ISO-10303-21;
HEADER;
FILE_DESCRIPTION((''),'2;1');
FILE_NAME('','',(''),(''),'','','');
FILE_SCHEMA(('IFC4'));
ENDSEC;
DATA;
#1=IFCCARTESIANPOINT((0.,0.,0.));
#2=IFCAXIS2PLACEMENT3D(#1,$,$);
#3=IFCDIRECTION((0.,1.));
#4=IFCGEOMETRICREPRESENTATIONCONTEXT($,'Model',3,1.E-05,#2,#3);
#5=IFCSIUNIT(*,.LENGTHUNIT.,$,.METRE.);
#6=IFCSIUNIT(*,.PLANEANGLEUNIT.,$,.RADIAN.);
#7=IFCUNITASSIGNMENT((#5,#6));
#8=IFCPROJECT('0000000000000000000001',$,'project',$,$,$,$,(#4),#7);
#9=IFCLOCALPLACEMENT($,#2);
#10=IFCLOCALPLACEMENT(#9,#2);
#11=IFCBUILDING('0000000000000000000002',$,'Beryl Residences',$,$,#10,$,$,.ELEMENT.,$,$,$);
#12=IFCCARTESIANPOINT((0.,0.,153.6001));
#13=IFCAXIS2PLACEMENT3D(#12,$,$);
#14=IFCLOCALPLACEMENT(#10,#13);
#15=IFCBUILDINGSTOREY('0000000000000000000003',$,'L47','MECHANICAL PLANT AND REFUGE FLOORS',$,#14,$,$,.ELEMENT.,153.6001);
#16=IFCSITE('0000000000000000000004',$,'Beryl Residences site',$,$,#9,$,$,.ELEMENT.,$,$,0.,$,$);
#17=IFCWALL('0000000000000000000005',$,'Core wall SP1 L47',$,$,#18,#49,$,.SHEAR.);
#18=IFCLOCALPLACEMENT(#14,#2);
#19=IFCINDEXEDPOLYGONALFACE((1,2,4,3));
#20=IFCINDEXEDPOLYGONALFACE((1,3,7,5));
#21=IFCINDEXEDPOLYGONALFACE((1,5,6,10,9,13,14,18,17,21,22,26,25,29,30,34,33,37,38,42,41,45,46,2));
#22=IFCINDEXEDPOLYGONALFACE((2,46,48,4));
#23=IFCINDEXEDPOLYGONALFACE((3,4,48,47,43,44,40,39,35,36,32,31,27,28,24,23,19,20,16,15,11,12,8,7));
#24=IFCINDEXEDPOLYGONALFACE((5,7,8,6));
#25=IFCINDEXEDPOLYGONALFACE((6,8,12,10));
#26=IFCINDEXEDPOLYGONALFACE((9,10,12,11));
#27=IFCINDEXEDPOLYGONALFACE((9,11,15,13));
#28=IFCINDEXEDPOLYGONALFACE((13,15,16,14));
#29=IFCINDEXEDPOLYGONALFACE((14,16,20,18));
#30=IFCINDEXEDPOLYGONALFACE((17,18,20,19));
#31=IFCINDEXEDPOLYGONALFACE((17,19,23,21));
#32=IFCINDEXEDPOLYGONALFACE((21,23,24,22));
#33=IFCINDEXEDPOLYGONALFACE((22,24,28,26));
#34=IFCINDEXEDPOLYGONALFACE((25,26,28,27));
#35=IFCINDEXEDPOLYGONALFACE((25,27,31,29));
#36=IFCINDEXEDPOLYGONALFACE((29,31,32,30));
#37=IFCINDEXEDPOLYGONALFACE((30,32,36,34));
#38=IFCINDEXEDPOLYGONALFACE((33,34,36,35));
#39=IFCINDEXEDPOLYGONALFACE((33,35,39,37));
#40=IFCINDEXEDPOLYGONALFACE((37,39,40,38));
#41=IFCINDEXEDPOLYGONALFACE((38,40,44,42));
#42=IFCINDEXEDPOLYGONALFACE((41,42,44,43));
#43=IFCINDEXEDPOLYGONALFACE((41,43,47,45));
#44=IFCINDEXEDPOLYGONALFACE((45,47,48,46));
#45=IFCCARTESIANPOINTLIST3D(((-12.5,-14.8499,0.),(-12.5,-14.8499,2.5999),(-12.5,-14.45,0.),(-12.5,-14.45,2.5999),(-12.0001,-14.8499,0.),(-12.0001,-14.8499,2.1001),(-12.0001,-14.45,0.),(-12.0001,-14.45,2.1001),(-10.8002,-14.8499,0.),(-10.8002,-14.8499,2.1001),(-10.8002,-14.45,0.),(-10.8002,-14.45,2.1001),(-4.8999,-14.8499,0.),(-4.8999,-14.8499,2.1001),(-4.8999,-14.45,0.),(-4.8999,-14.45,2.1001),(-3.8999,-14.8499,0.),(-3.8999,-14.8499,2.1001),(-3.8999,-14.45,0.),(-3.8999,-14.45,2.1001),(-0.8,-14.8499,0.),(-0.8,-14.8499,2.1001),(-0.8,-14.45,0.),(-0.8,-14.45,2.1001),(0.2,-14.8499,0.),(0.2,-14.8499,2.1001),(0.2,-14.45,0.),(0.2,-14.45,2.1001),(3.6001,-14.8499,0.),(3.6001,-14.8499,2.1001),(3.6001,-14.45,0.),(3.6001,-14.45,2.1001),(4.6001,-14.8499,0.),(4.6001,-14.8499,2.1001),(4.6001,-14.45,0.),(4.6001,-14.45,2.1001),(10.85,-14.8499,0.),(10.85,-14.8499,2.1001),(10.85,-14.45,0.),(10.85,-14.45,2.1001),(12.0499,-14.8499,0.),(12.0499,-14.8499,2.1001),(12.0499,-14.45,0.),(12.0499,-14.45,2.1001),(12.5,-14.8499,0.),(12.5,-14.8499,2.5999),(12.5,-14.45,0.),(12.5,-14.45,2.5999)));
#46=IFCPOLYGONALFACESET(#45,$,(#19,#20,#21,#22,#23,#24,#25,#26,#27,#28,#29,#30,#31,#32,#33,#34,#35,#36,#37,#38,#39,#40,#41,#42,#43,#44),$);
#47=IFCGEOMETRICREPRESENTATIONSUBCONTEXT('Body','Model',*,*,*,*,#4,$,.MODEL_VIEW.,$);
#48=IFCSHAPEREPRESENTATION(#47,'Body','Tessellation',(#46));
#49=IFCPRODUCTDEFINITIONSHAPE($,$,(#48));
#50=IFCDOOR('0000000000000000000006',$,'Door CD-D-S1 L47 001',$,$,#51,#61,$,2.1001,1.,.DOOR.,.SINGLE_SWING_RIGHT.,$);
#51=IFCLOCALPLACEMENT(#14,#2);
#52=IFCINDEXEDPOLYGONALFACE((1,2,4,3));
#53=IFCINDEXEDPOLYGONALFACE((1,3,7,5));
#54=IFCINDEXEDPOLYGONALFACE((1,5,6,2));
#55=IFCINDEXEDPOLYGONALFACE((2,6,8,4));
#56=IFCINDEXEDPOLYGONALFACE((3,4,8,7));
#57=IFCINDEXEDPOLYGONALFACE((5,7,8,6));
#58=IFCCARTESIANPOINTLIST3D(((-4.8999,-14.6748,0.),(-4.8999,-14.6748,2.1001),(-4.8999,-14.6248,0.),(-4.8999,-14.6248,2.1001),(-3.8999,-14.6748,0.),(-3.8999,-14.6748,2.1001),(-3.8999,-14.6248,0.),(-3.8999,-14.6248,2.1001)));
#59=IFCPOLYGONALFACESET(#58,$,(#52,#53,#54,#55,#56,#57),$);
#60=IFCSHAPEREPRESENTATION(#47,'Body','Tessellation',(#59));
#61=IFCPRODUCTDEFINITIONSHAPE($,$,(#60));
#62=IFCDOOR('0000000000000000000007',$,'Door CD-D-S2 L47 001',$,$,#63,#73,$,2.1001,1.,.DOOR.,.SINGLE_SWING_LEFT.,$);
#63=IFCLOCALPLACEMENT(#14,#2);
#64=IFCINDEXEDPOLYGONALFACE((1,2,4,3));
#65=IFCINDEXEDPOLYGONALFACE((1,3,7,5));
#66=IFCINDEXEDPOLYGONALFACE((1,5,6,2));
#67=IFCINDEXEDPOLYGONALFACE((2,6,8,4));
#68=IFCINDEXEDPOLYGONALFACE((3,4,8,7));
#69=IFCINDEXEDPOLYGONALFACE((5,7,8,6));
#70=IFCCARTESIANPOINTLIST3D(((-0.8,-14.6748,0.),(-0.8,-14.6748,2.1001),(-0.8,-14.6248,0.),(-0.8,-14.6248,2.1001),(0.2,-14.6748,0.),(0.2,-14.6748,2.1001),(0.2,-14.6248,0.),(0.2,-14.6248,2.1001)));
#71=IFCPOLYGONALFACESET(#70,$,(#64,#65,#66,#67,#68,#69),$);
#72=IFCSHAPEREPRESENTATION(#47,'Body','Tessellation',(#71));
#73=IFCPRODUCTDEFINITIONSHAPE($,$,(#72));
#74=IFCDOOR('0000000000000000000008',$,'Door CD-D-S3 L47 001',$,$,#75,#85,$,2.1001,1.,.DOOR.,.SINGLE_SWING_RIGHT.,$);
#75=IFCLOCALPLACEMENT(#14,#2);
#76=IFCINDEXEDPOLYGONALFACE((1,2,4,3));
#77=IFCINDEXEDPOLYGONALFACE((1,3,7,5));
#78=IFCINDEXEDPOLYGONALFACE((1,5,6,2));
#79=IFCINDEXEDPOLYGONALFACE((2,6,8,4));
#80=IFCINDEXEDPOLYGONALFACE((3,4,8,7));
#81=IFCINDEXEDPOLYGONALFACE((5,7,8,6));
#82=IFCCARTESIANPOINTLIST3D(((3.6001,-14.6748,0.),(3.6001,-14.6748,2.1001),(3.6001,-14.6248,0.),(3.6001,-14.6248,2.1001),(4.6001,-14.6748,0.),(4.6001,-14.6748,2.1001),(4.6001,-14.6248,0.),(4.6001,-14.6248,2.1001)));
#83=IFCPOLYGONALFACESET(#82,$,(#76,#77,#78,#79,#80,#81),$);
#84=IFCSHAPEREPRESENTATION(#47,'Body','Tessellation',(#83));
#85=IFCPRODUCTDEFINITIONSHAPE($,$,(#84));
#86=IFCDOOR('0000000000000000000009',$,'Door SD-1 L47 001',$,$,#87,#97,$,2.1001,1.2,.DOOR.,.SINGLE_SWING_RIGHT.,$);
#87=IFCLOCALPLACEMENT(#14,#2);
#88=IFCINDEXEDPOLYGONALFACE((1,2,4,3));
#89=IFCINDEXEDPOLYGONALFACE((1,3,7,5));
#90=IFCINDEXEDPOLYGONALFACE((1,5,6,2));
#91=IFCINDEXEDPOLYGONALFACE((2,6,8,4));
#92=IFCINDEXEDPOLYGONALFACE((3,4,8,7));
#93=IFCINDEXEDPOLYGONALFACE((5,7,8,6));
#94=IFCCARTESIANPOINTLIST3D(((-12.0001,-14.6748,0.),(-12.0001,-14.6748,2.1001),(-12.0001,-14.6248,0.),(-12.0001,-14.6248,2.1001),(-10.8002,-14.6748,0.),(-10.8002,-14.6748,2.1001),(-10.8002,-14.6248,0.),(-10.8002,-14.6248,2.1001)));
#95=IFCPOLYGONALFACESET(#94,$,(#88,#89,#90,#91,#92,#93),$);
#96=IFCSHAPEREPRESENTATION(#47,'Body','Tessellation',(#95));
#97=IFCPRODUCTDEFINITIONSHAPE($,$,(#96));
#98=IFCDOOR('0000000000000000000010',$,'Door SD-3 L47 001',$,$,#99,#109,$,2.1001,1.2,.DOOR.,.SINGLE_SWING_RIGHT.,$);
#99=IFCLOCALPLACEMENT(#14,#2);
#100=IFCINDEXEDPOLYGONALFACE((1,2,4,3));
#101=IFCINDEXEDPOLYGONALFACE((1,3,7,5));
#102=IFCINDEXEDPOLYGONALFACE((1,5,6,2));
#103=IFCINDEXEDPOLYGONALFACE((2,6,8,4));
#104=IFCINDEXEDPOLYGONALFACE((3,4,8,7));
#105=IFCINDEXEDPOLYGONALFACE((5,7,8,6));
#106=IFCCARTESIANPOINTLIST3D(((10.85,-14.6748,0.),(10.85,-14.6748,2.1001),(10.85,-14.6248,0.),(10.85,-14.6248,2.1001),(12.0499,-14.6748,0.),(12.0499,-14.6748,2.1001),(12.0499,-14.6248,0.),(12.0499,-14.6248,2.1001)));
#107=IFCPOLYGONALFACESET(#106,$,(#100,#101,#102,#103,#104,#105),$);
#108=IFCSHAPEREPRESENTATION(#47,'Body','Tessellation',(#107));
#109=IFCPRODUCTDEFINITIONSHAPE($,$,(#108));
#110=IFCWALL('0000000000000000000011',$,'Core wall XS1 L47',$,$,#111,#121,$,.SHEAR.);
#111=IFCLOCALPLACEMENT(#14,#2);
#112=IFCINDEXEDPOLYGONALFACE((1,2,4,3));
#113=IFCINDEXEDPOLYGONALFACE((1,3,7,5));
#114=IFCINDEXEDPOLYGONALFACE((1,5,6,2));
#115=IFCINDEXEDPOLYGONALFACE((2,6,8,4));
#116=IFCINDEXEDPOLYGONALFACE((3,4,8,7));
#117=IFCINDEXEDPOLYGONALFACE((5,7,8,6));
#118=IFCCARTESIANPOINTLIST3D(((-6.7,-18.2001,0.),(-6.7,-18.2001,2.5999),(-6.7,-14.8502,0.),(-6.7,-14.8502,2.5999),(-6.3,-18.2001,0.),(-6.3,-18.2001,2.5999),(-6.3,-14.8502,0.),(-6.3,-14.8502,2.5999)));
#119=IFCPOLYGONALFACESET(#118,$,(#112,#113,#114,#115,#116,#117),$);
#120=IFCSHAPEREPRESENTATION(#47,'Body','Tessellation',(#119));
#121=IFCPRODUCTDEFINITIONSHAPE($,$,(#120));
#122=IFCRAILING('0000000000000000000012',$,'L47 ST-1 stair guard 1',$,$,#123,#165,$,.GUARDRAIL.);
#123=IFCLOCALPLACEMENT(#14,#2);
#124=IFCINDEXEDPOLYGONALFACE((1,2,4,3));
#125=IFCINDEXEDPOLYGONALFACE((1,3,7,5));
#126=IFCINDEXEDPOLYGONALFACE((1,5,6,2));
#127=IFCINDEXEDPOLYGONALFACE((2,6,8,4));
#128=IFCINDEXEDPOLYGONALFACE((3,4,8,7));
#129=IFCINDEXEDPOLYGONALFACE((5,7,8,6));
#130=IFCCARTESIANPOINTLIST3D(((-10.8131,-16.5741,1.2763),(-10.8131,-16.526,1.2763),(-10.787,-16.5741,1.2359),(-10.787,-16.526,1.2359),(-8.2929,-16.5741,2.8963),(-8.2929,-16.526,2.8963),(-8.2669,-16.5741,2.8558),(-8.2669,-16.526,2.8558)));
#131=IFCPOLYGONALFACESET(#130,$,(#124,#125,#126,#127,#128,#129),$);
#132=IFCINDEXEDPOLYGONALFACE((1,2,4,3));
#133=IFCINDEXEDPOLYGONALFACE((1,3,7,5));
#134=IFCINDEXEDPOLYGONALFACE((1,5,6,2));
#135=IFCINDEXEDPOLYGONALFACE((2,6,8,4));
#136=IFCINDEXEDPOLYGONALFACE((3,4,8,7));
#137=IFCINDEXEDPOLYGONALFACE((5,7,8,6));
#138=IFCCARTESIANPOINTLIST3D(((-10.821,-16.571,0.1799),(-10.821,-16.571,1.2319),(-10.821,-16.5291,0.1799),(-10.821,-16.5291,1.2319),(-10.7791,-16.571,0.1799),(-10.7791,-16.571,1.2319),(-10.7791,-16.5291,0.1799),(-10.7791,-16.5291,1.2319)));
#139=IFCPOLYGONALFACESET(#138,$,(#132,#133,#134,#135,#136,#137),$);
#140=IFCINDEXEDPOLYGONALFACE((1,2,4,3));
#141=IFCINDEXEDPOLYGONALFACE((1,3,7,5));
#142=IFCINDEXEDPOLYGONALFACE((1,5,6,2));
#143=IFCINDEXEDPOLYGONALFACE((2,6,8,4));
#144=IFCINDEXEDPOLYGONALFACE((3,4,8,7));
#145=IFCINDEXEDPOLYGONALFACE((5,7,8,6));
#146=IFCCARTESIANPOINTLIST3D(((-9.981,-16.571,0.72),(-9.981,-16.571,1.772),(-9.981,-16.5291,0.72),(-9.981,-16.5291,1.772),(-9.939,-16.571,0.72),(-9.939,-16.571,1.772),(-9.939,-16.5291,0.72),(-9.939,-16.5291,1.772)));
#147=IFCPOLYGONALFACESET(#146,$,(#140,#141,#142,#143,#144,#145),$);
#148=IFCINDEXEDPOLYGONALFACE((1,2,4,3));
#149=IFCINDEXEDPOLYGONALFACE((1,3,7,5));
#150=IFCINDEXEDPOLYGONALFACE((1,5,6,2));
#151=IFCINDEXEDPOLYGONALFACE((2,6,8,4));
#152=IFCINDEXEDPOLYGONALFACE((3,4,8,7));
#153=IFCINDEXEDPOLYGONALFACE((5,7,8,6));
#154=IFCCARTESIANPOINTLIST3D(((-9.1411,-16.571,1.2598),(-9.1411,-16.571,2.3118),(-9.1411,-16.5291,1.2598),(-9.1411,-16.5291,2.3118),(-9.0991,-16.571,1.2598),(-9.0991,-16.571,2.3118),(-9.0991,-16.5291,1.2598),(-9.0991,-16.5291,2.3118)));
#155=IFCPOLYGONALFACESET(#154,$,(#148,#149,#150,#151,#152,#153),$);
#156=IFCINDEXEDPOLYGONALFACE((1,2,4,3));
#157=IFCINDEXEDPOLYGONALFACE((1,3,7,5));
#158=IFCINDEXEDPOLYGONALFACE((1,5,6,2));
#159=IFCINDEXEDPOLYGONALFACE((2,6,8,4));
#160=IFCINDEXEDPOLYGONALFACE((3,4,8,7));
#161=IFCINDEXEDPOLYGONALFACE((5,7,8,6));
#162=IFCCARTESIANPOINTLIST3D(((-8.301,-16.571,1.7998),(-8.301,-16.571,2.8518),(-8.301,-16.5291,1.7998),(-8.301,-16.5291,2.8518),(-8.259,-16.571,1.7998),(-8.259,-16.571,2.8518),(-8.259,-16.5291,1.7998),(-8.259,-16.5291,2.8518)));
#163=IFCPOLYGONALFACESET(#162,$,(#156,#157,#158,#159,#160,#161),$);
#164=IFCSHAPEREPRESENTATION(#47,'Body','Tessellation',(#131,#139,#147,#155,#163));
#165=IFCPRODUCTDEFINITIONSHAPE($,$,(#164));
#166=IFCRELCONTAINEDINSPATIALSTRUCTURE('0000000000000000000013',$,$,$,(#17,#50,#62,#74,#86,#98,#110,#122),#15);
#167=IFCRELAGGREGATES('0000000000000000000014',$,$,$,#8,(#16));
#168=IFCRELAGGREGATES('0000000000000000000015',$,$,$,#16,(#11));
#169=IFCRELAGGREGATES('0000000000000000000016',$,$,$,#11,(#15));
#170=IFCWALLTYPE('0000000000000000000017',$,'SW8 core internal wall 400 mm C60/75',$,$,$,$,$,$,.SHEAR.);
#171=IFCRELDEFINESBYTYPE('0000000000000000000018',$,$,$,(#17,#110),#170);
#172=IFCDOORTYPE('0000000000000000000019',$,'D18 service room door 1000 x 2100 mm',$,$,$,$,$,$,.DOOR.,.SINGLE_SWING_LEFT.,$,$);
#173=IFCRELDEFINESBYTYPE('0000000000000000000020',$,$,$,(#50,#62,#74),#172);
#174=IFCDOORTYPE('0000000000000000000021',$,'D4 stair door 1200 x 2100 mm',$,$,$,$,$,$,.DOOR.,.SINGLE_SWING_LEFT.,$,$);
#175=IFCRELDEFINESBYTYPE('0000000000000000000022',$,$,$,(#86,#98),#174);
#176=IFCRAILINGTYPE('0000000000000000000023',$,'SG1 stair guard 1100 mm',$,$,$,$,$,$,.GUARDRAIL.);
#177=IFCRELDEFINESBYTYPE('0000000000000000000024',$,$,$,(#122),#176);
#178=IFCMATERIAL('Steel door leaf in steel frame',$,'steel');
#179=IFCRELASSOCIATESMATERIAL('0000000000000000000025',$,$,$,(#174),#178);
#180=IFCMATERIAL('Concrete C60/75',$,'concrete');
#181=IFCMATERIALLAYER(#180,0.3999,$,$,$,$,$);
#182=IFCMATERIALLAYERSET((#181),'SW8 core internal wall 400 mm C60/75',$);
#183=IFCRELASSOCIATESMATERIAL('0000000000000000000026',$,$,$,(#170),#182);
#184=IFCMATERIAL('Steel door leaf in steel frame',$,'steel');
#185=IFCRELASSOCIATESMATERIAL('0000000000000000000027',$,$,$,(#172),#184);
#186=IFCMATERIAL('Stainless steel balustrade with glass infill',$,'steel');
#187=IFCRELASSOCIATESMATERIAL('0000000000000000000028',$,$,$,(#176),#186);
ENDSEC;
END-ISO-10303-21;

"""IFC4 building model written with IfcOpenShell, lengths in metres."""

from ifc_helpers import new_model, si_unit, direction, frame, frame_2d, origin, origin_2d, place, context, subcontext, project, spatial, rectangle, extrude, material, layer, layer_set, type_object, element, fill, save


model = new_model("IFC4")

# Units and contexts
model_context = context("Model", 3, precision=1e-05, world=origin(), true_north=direction((0.0, 1.0)))
body_context = subcontext(model_context, "Body", "Model", "MODEL_VIEW")
ifc_project = project(units=[si_unit("LENGTHUNIT", "METRE"), si_unit("PLANEANGLEUNIT", "RADIAN")], contexts=[model_context])

# Site, building, storey
site_placement = place(None, origin())
site = spatial("IfcSite", under=ifc_project, at=site_placement, Name="Beryl Residences site", CompositionType="ELEMENT", RefElevation=0.0)
building_placement = place(site_placement, origin())
building = spatial("IfcBuilding", under=site, at=building_placement, Name="Beryl Residences", CompositionType="ELEMENT")
storey_placement = place(building_placement, frame((0.0, 0.0, 153.6001)))
storey = spatial("IfcBuildingStorey", under=building, at=storey_placement, Name="L47", Description="MECHANICAL PLANT AND REFUGE FLOORS", CompositionType="ELEMENT", Elevation=153.6001)

# Shared definitions
ifc_material_1 = material(Name="Steel door leaf in steel frame", Category="steel")
door_type_1 = type_object("IfcDoorType", Name="D4 stair door 1200 x 2100 mm", OperationType="SINGLE_SWING_LEFT", PredefinedType="DOOR", material=ifc_material_1)

# Wall, openings, doors
ifc_material_2 = material(Name="Concrete C60/75", Category="concrete")
ifc_layer_1 = layer(ifc_material_2, 0.3999)
ifc_layer_set_1 = layer_set([ifc_layer_1], Name="SW8 core internal wall 400 mm C60/75")
wall_type_1 = type_object("IfcWallType", Name="SW8 core internal wall 400 mm C60/75", PredefinedType="SHEAR", material=ifc_layer_set_1)
wall_1_placement = place(storey_placement, frame((-12.5, -14.6499, 0.0), z_axis=(0.0, 0.0, 1.0), x_axis=(1.0, 0.0, 0.0)))
wall_1 = element("IfcWall", 1, at=wall_1_placement, inside=storey, type_object=wall_type_1, Name="Core wall SP1 L47", PredefinedType="SHEAR", context=body_context, shape_type="SweptSolid", body=[
    extrude(rectangle(XDim=25.0, YDim=0.3999, at=frame_2d((12.5, 0.0))), origin(), (0.0, 0.0, 1.0), 2.5999),
])
opening_1_placement = place(wall_1_placement, frame((1.7, 0.0, 0.0), z_axis=(0.0, 0.0, 1.0), x_axis=(-1.0, 0.0, 0.0)))
opening_1 = element("IfcOpeningElement", 2, at=opening_1_placement, cuts=wall_1, PredefinedType="OPENING", context=body_context, shape_type="SweptSolid", body=[
    extrude(rectangle(XDim=1.2, YDim=2.1001, at=frame_2d((0.6001, 1.05))), frame((0.0, 0.21, 0.0), z_axis=(0.0, -1.0, 0.0), x_axis=(1.0, 0.0, 0.0)), (0.0, 0.0, 1.0), 0.4199),
])
opening_2_placement = place(wall_1_placement, frame((24.55, 0.0, 0.0), z_axis=(0.0, 0.0, 1.0), x_axis=(-1.0, 0.0, 0.0)))
opening_2 = element("IfcOpeningElement", 3, at=opening_2_placement, cuts=wall_1, PredefinedType="OPENING", context=body_context, shape_type="SweptSolid", body=[
    extrude(rectangle(XDim=1.2, YDim=2.1001, at=frame_2d((0.6001, 1.05))), frame((0.0, 0.21, 0.0), z_axis=(0.0, -1.0, 0.0), x_axis=(1.0, 0.0, 0.0)), (0.0, 0.0, 1.0), 0.4199),
])
opening_3_placement = place(wall_1_placement, frame((8.6001, 0.0, 0.0), z_axis=(0.0, 0.0, 1.0), x_axis=(-1.0, 0.0, 0.0)))
opening_3 = element("IfcOpeningElement", 4, at=opening_3_placement, cuts=wall_1, PredefinedType="OPENING", context=body_context, shape_type="SweptSolid", body=[
    extrude(rectangle(XDim=1.0, YDim=2.1001, at=frame_2d((0.5, 1.05))), frame((0.0, 0.21, 0.0), z_axis=(0.0, -1.0, 0.0), x_axis=(1.0, 0.0, 0.0)), (0.0, 0.0, 1.0), 0.4199),
])
opening_4_placement = place(wall_1_placement, frame((12.7, 0.0, 0.0), z_axis=(0.0, 0.0, 1.0), x_axis=(-1.0, 0.0, 0.0)))
opening_4 = element("IfcOpeningElement", 5, at=opening_4_placement, cuts=wall_1, PredefinedType="OPENING", context=body_context, shape_type="SweptSolid", body=[
    extrude(rectangle(XDim=1.0, YDim=2.1001, at=frame_2d((0.5, 1.05))), frame((0.0, 0.21, 0.0), z_axis=(0.0, -1.0, 0.0), x_axis=(1.0, 0.0, 0.0)), (0.0, 0.0, 1.0), 0.4199),
])
opening_5_placement = place(wall_1_placement, frame((17.1001, 0.0, 0.0), z_axis=(0.0, 0.0, 1.0), x_axis=(-1.0, 0.0, 0.0)))
opening_5 = element("IfcOpeningElement", 6, at=opening_5_placement, cuts=wall_1, PredefinedType="OPENING", context=body_context, shape_type="SweptSolid", body=[
    extrude(rectangle(XDim=1.0, YDim=2.1001, at=frame_2d((0.5, 1.05))), frame((0.0, 0.21, 0.0), z_axis=(0.0, -1.0, 0.0), x_axis=(1.0, 0.0, 0.0)), (0.0, 0.0, 1.0), 0.4199),
])
ifc_material_3 = material(Name="Steel door leaf in steel frame", Category="steel")
door_type_2 = type_object("IfcDoorType", Name="D18 service room door 1000 x 2100 mm", OperationType="SINGLE_SWING_LEFT", PredefinedType="DOOR", material=ifc_material_3)
door_1_placement = place(opening_3_placement, origin())
door_1 = element("IfcDoor", 7, at=door_1_placement, inside=storey, type_object=door_type_2, Name="Door CD-D-S1 L47 001", OperationType="SINGLE_SWING_RIGHT", OverallHeight=2.1001, OverallWidth=1.0, PredefinedType="DOOR", context=body_context, shape_type="SweptSolid", body=[
    extrude(rectangle(XDim=1.0, YDim=2.1001, at=frame_2d((0.5, 1.05))), frame((0.0, 0.0249, 0.0), z_axis=(0.0, -1.0, 0.0), x_axis=(1.0, 0.0, 0.0)), (0.0, 0.0, 1.0), 0.05),
])
fill(opening_3, door_1)
door_2_placement = place(opening_4_placement, origin())
door_2 = element("IfcDoor", 8, at=door_2_placement, inside=storey, type_object=door_type_2, Name="Door CD-D-S2 L47 001", OperationType="SINGLE_SWING_LEFT", OverallHeight=2.1001, OverallWidth=1.0, PredefinedType="DOOR", context=body_context, shape_type="SweptSolid", body=[
    extrude(rectangle(XDim=1.0, YDim=2.1001, at=frame_2d((0.5, 1.05))), frame((0.0, 0.0249, 0.0), z_axis=(0.0, -1.0, 0.0), x_axis=(1.0, 0.0, 0.0)), (0.0, 0.0, 1.0), 0.05),
])
fill(opening_4, door_2)
door_3_placement = place(opening_5_placement, origin())
door_3 = element("IfcDoor", 9, at=door_3_placement, inside=storey, type_object=door_type_2, Name="Door CD-D-S3 L47 001", OperationType="SINGLE_SWING_RIGHT", OverallHeight=2.1001, OverallWidth=1.0, PredefinedType="DOOR", context=body_context, shape_type="SweptSolid", body=[
    extrude(rectangle(XDim=1.0, YDim=2.1001, at=frame_2d((0.5, 1.05))), frame((0.0, 0.0249, 0.0), z_axis=(0.0, -1.0, 0.0), x_axis=(1.0, 0.0, 0.0)), (0.0, 0.0, 1.0), 0.05),
])
fill(opening_5, door_3)
door_4_placement = place(opening_1_placement, origin())
door_4 = element("IfcDoor", 10, at=door_4_placement, inside=storey, type_object=door_type_1, Name="Door SD-1 L47 001", OperationType="SINGLE_SWING_RIGHT", OverallHeight=2.1001, OverallWidth=1.2, PredefinedType="DOOR", context=body_context, shape_type="SweptSolid", body=[
    extrude(rectangle(XDim=1.2, YDim=2.1001, at=frame_2d((0.6001, 1.05))), frame((0.0, 0.0249, 0.0), z_axis=(0.0, -1.0, 0.0), x_axis=(1.0, 0.0, 0.0)), (0.0, 0.0, 1.0), 0.05),
])
fill(opening_1, door_4)
door_5_placement = place(opening_2_placement, origin())
door_5 = element("IfcDoor", 11, at=door_5_placement, inside=storey, type_object=door_type_1, Name="Door SD-3 L47 001", OperationType="SINGLE_SWING_RIGHT", OverallHeight=2.1001, OverallWidth=1.2, PredefinedType="DOOR", context=body_context, shape_type="SweptSolid", body=[
    extrude(rectangle(XDim=1.2, YDim=2.1001, at=frame_2d((0.6001, 1.05))), frame((0.0, 0.0249, 0.0), z_axis=(0.0, -1.0, 0.0), x_axis=(1.0, 0.0, 0.0)), (0.0, 0.0, 1.0), 0.05),
])
fill(opening_2, door_5)

# Wall
wall_2_placement = place(storey_placement, frame((-6.5, -18.2, 0.0), z_axis=(0.0, 0.0, 1.0), x_axis=(0.0, 1.0, 0.0)))
element("IfcWall", 12, at=wall_2_placement, inside=storey, type_object=wall_type_1, Name="Core wall XS1 L47", PredefinedType="SHEAR", context=body_context, shape_type="SweptSolid", body=[
    extrude(rectangle(XDim=3.3499, YDim=0.3999, at=frame_2d((1.6748, 0.0))), origin(), (0.0, 0.0, 1.0), 2.5999),
])

# Railing
ifc_material_4 = material(Name="Stainless steel balustrade with glass infill", Category="steel")
railing_type_1 = type_object("IfcRailingType", Name="SG1 stair guard 1100 mm", PredefinedType="GUARDRAIL", material=ifc_material_4)
railing_1_placement = place(storey_placement, frame((-10.8, -16.55, 0.1799)))
element("IfcRailing", 13, at=railing_1_placement, inside=storey, type_object=railing_type_1, Name="L47 ST-1 stair guard 1", PredefinedType="GUARDRAIL", context=body_context, shape_type="SweptSolid", body=[
    extrude(rectangle(XDim=0.0481, YDim=0.0481, at=origin_2d()), frame((0.0, 0.0, 1.0762), z_axis=(0.8412, 0.0, 0.540725), x_axis=(0.0, 1.0, 0.0)), (0.0, 0.0, 1.0), 2.9958),
    extrude(rectangle(XDim=0.042, YDim=0.042, at=origin_2d()), origin(), (0.0, 0.0, 1.0), 1.052),
    extrude(rectangle(XDim=0.042, YDim=0.042, at=origin_2d()), frame((0.8401, 0.0, 0.54)), (0.0, 0.0, 1.0), 1.052),
    extrude(rectangle(XDim=0.042, YDim=0.042, at=origin_2d()), frame((1.6799, 0.0, 1.0798)), (0.0, 0.0, 1.0), 1.052),
    extrude(rectangle(XDim=0.042, YDim=0.042, at=origin_2d()), frame((2.52, 0.0, 1.6199)), (0.0, 0.0, 1.0), 1.052),
])

save(model, "model.ifc")
